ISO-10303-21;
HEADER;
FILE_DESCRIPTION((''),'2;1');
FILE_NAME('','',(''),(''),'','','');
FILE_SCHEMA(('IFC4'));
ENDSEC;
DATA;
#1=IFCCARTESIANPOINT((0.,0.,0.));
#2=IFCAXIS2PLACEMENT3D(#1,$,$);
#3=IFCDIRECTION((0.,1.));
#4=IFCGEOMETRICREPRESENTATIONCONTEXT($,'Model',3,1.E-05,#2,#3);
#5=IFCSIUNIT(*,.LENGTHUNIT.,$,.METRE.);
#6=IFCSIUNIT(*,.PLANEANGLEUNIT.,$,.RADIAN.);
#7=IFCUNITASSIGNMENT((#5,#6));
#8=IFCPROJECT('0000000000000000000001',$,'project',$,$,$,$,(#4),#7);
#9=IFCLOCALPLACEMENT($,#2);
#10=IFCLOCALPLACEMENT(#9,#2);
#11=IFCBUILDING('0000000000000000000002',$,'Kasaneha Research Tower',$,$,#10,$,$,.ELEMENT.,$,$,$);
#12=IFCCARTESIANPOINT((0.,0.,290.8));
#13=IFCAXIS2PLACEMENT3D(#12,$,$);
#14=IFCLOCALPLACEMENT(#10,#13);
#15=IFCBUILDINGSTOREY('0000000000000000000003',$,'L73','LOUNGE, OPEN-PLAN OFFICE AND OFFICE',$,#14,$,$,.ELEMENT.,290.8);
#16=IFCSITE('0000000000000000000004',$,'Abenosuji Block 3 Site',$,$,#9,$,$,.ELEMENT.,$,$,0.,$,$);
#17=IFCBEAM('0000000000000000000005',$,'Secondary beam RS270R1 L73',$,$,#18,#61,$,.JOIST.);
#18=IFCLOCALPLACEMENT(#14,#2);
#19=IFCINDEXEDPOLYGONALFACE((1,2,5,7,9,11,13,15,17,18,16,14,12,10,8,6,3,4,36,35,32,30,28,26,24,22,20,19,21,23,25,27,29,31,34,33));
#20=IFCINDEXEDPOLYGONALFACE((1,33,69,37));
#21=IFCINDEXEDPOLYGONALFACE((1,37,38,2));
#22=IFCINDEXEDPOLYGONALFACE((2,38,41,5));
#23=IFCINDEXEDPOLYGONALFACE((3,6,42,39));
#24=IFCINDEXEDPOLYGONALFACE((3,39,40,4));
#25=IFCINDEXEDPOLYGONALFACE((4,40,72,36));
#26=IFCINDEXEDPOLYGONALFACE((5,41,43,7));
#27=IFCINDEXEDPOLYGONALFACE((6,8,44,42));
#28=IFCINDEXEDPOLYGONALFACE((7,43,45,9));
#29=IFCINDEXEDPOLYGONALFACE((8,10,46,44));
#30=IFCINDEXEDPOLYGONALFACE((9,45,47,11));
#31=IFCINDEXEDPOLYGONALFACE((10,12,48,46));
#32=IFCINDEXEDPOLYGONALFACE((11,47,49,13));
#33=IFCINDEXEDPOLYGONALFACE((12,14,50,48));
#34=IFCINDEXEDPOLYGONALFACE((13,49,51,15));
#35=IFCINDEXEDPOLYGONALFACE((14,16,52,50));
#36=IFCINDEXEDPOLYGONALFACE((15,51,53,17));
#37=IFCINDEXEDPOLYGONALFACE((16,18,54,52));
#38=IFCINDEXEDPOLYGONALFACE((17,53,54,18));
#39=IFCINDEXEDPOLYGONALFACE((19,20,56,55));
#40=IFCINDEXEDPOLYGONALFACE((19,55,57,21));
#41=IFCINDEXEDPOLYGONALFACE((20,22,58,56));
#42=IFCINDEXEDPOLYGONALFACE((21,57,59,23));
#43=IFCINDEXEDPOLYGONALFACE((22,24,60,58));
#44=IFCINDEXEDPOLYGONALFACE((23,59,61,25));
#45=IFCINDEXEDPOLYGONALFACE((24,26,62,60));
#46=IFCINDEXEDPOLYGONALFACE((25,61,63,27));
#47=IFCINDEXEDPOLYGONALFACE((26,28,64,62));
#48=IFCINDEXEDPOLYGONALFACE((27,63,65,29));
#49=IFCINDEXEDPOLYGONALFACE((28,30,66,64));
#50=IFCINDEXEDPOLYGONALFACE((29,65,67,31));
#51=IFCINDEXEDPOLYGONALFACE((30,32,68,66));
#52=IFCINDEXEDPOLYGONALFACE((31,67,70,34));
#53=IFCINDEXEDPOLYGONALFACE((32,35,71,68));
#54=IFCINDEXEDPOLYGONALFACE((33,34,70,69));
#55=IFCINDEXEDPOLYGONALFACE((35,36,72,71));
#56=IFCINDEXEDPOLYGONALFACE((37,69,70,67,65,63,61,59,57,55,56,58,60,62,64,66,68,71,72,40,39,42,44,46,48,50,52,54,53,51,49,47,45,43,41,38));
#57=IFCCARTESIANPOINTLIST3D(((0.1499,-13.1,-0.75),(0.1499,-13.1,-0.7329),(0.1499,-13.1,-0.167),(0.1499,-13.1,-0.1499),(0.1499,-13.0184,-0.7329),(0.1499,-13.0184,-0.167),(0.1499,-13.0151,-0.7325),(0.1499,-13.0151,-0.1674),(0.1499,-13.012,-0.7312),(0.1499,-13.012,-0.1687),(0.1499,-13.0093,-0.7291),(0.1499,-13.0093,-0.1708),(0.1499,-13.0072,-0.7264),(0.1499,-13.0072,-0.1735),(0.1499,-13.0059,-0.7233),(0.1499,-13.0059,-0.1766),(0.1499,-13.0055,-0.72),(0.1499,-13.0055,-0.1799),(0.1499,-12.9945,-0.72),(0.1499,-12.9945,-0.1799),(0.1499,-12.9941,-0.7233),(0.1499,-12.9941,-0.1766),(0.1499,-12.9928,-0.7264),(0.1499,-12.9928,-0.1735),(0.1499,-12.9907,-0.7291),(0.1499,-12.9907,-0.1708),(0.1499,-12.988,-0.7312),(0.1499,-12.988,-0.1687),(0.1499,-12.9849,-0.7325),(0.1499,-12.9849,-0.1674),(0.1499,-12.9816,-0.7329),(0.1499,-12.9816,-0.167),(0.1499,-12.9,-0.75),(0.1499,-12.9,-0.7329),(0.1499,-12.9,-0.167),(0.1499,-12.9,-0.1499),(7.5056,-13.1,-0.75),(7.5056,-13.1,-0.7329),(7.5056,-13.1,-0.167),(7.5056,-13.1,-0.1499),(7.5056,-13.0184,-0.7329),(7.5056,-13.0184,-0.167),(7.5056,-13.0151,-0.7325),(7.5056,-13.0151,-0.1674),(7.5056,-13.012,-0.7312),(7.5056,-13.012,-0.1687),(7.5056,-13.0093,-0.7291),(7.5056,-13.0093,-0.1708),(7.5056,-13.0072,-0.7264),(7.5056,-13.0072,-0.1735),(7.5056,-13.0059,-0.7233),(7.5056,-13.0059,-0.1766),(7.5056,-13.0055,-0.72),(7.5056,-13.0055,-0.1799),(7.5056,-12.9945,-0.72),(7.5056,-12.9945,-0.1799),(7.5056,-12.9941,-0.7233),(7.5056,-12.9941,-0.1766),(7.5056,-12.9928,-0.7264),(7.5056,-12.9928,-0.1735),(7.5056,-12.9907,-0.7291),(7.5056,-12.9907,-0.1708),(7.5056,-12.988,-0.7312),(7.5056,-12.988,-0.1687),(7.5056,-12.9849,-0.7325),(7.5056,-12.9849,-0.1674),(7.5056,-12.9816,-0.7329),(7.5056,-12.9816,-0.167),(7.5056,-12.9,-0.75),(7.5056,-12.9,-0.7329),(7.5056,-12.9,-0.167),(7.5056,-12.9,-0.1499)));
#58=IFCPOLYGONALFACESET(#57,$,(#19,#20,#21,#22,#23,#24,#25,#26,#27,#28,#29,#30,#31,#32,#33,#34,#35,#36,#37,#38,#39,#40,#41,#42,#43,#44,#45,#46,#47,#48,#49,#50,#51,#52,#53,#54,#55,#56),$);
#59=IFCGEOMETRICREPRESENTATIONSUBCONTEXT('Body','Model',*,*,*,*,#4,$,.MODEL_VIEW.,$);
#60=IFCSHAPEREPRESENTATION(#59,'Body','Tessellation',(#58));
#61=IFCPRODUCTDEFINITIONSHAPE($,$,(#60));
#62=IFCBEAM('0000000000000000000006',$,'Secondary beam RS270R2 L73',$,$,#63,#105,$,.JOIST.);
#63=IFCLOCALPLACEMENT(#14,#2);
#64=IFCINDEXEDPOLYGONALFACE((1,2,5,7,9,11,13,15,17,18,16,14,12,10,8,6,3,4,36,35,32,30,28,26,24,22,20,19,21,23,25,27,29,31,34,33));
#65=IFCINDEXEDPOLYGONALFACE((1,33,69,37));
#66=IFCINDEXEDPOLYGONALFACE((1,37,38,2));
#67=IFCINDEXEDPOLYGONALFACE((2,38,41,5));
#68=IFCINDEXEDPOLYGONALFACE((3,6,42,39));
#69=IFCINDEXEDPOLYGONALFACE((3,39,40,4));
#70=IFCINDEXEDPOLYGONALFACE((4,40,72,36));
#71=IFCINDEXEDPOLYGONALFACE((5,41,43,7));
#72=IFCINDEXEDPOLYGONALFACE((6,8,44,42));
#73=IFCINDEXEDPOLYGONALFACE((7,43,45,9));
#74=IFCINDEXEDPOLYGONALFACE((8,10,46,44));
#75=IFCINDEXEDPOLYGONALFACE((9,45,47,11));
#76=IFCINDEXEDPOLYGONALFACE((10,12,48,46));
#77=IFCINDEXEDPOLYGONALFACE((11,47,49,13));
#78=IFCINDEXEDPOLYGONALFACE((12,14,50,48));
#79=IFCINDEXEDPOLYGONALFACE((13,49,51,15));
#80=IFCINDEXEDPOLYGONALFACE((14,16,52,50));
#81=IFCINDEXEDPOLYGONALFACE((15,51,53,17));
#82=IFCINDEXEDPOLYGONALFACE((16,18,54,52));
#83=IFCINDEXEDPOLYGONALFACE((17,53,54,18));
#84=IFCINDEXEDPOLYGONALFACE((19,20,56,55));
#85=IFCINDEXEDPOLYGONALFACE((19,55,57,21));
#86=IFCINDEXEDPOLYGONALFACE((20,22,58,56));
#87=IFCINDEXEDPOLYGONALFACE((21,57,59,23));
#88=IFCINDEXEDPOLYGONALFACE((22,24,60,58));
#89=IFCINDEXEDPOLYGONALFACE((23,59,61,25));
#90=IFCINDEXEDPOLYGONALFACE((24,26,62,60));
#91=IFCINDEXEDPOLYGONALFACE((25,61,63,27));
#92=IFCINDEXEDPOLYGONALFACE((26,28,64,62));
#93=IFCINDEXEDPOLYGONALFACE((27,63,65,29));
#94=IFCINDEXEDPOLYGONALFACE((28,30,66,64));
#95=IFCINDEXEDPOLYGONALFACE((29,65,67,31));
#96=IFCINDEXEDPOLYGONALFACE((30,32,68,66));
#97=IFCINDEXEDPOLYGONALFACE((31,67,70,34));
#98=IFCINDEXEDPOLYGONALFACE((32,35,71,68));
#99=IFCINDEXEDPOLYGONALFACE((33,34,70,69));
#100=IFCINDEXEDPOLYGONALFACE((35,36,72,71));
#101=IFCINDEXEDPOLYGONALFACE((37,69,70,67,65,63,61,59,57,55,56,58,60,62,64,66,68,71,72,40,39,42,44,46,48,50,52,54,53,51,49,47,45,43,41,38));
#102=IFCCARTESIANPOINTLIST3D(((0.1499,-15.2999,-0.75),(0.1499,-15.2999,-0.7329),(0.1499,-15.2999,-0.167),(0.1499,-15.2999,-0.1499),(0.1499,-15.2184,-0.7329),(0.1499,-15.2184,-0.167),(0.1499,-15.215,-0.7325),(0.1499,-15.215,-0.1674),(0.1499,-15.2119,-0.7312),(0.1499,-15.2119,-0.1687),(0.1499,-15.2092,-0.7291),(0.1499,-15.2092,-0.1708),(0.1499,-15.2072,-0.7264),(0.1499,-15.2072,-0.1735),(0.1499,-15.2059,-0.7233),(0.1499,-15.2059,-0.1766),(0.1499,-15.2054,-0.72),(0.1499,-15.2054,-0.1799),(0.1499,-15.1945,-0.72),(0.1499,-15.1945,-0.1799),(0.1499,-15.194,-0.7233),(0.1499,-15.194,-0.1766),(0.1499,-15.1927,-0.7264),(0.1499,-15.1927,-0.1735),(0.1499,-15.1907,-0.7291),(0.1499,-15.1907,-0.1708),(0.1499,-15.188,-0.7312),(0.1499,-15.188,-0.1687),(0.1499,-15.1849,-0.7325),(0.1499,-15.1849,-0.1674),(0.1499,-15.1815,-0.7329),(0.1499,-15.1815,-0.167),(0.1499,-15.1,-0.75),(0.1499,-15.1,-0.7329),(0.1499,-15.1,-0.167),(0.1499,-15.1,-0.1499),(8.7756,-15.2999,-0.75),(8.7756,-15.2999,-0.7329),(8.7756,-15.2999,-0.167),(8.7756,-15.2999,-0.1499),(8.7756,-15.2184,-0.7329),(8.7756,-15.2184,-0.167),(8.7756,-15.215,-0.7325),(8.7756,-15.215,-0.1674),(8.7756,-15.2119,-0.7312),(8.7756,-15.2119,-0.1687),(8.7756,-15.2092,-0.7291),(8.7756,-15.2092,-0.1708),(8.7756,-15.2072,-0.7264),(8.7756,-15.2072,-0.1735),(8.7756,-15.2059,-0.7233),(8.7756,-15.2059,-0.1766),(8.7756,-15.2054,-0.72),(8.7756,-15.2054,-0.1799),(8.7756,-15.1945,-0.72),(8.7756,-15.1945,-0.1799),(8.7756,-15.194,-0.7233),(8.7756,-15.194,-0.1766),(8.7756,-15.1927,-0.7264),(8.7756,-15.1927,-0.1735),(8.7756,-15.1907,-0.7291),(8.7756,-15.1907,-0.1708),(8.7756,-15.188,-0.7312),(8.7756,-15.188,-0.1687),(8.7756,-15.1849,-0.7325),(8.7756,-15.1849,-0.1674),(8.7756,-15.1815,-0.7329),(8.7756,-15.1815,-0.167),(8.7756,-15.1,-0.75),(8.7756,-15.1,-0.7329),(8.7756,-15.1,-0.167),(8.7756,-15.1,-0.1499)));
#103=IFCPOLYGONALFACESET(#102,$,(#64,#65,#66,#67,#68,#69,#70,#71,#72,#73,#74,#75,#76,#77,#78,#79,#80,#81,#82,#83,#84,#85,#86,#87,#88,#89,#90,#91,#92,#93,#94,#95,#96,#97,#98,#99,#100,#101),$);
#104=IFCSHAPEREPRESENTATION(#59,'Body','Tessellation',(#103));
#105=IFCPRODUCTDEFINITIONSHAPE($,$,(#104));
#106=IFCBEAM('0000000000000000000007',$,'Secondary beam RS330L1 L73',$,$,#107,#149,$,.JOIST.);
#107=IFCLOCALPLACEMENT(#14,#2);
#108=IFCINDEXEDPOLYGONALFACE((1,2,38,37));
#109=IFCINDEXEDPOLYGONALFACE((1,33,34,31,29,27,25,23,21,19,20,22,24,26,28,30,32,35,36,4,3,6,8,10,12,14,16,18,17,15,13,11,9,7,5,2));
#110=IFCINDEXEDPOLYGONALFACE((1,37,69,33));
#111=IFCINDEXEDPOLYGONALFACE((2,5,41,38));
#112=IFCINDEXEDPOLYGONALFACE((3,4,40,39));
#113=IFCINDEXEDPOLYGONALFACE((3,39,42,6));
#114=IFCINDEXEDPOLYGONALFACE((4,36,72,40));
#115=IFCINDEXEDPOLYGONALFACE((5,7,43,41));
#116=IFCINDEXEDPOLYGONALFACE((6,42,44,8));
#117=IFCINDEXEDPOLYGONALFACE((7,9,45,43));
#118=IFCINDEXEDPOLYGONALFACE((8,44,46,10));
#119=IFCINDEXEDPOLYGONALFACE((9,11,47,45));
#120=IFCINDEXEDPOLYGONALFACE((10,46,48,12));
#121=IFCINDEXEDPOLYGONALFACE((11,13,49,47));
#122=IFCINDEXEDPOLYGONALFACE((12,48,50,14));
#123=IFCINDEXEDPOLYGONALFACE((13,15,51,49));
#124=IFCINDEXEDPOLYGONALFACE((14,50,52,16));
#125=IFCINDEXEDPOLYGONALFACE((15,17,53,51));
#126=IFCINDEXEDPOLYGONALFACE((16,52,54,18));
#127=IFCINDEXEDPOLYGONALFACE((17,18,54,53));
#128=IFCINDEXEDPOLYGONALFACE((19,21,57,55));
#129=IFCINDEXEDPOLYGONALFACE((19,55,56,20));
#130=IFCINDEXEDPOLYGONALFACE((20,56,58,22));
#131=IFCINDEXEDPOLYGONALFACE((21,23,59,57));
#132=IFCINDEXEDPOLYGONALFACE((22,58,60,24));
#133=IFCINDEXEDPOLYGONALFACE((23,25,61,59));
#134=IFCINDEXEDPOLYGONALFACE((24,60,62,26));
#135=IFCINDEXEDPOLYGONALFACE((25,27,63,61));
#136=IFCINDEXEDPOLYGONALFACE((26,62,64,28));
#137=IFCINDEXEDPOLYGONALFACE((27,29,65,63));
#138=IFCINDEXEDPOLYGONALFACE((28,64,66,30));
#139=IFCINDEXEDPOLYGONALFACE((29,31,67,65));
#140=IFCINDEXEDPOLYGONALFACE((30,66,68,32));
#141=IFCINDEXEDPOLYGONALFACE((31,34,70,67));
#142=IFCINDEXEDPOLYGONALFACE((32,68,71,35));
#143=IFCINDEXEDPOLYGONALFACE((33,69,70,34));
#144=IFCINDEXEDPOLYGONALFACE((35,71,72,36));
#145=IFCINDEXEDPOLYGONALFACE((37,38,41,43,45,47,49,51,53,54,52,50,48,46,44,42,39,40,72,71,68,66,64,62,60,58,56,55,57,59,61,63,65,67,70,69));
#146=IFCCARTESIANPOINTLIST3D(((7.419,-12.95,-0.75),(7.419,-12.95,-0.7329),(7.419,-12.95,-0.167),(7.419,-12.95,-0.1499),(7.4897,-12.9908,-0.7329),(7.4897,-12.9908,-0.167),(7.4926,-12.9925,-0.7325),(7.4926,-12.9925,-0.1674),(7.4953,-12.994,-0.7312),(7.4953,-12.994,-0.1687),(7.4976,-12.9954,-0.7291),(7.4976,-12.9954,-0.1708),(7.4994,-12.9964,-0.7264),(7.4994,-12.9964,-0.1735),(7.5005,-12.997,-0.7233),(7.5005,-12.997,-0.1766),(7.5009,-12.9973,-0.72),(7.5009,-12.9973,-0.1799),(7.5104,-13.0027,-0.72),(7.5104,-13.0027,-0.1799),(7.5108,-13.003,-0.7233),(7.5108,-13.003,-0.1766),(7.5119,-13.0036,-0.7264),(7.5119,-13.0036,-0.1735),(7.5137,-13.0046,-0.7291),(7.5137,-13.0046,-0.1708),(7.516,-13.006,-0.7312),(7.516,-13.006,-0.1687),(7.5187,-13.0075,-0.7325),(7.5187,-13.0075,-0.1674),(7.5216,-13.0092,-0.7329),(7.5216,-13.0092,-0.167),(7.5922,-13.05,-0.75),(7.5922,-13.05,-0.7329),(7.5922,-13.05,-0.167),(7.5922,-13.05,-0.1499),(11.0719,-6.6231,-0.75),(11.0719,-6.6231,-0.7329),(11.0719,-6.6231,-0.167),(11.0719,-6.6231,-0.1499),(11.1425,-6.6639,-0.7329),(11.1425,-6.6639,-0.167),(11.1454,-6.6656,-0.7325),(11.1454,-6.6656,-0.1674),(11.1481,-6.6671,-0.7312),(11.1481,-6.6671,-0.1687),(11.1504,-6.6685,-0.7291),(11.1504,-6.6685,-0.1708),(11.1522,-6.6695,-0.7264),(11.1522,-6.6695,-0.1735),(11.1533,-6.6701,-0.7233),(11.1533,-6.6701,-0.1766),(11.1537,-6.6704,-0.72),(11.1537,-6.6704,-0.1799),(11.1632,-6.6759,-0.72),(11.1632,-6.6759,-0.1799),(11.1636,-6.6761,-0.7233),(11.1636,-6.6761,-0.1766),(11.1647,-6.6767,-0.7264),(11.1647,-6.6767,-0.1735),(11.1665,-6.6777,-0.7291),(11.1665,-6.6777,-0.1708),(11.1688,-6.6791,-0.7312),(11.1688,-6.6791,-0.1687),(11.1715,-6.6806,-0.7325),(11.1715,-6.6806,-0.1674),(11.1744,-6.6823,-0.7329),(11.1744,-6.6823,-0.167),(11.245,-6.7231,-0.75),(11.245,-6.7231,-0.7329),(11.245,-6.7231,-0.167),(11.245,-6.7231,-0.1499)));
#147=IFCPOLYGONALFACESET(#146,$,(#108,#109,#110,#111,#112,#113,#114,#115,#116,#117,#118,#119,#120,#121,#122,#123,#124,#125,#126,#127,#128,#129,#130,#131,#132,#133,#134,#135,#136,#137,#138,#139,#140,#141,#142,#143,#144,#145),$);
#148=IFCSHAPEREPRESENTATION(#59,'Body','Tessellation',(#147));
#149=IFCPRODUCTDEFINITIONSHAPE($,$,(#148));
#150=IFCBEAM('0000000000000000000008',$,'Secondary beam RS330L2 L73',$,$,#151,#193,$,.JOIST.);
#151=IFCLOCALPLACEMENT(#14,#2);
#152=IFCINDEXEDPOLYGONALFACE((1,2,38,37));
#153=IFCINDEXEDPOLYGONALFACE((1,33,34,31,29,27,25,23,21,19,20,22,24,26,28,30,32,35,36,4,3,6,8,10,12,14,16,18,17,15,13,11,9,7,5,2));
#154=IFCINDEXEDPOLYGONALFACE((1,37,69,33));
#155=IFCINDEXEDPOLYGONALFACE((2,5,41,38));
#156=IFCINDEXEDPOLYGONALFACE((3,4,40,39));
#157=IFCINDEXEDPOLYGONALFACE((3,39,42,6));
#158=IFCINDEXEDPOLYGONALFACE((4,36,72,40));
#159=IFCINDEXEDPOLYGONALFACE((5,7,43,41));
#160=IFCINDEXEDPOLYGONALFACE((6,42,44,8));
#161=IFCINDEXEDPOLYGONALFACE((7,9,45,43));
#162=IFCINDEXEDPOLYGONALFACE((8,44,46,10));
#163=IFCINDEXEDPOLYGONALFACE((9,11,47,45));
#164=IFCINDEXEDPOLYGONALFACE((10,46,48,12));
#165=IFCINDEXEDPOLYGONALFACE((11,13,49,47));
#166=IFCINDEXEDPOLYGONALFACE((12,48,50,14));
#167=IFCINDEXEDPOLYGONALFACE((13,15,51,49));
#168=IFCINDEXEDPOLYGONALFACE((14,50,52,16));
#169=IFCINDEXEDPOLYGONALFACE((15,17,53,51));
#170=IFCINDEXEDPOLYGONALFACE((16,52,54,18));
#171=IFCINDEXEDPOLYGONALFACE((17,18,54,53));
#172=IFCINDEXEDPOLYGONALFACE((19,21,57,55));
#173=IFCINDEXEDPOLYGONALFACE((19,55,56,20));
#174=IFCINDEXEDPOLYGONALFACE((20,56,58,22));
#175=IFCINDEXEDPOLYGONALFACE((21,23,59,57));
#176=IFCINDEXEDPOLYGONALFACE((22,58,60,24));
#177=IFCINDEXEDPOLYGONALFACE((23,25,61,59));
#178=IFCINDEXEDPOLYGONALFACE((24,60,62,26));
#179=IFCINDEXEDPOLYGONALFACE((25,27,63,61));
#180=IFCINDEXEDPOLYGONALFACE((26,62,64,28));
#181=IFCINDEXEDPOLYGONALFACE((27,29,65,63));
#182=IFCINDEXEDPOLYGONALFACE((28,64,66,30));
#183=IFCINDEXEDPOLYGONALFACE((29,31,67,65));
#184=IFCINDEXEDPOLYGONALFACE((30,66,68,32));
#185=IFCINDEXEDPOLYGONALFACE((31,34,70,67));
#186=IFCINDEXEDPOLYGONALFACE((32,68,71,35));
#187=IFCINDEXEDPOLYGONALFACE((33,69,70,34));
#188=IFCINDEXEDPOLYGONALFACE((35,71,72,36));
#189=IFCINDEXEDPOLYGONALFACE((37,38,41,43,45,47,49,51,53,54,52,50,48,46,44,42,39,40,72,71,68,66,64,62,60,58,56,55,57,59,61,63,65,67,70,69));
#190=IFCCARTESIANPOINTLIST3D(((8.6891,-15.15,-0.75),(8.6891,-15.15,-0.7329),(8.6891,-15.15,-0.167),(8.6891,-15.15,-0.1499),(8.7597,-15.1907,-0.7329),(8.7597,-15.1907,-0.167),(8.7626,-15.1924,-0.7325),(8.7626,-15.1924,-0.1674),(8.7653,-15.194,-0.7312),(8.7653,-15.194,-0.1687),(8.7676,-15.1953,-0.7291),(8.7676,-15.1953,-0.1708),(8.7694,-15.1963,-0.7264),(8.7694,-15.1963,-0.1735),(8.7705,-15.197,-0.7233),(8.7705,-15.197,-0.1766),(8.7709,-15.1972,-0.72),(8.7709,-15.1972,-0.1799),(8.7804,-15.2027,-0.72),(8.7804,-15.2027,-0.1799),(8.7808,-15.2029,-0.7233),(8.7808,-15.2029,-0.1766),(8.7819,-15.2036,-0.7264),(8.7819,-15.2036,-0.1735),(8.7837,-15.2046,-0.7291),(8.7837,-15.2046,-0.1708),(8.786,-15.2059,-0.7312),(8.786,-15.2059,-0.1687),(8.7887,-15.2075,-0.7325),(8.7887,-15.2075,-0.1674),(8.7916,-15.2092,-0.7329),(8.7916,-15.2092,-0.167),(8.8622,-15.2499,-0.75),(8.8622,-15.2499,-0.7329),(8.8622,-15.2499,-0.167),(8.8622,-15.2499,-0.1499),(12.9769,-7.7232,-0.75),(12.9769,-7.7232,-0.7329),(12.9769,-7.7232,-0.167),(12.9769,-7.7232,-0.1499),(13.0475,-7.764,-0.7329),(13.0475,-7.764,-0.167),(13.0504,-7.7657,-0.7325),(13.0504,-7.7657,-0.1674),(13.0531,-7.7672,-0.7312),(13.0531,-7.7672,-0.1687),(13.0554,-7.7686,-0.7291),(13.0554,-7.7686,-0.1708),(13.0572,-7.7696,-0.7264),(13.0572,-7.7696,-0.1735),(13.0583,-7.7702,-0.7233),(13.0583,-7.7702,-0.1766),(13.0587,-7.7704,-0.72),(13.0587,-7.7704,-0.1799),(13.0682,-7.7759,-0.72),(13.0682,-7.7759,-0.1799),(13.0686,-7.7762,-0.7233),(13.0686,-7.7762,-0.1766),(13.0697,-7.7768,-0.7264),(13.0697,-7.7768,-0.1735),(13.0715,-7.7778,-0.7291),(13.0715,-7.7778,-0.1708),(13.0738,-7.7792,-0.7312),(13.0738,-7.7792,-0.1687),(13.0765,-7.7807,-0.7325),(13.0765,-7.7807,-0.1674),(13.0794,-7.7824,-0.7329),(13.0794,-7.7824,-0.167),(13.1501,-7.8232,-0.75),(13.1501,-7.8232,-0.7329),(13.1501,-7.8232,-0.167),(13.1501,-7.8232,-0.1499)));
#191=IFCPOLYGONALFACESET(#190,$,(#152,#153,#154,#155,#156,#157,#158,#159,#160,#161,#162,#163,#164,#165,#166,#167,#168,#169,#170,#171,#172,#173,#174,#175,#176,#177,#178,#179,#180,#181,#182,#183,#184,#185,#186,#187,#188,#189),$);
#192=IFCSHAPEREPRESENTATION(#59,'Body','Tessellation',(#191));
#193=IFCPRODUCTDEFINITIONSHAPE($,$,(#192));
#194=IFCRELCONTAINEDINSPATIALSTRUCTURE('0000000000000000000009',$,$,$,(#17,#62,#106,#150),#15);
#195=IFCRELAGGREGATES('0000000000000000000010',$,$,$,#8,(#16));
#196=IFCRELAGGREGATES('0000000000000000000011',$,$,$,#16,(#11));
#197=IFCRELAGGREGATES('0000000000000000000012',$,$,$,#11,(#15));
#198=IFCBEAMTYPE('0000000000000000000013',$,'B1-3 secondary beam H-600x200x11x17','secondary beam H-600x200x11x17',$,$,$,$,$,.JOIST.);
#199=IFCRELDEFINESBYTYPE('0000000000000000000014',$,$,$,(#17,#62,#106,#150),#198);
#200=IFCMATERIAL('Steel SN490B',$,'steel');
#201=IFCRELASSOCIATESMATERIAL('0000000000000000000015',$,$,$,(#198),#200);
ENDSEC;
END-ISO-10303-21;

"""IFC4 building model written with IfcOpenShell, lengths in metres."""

from ifc_helpers import new_model, si_unit, direction, frame, origin, origin_2d, place, context, subcontext, project, spatial, i_section, extrude, material, material_profile, profile_set, type_object, element, save


model = new_model("IFC4")

# Units and contexts
model_context = context("Model", 3, precision=1e-05, world=origin(), true_north=direction((0.0, 1.0)))
body_context = subcontext(model_context, "Body", "Model", "MODEL_VIEW")
ifc_project = project(units=[si_unit("LENGTHUNIT", "METRE"), si_unit("PLANEANGLEUNIT", "RADIAN")], contexts=[model_context])

# Site, building, storey
site_placement = place(None, origin())
site = spatial("IfcSite", under=ifc_project, at=site_placement, Name="Abenosuji Block 3 Site", CompositionType="ELEMENT", RefElevation=0.0)
building_placement = place(site_placement, origin())
building = spatial("IfcBuilding", under=site, at=building_placement, Name="Kasaneha Research Tower", CompositionType="ELEMENT")
storey_placement = place(building_placement, frame((0.0, 0.0, 290.8)))
storey = spatial("IfcBuildingStorey", under=building, at=storey_placement, Name="L73", Description="LOUNGE, OPEN-PLAN OFFICE AND OFFICE", CompositionType="ELEMENT", Elevation=290.8)

# Beams
ifc_material_1 = material(Name="Steel SN490B", Category="steel")
ifc_material_profile_1 = material_profile(ifc_material_1, i_section(OverallWidth=0.2, OverallDepth=0.6001, WebThickness=0.011, FlangeThickness=0.0171, FilletRadius=0.0129, at=origin_2d()), Name="H-600x200x11x17")
ifc_profile_set_1 = profile_set([ifc_material_profile_1], Name="Steel SN490B")
beam_type_1 = type_object("IfcBeamType", Name="B1-3 secondary beam H-600x200x11x17", Description="secondary beam H-600x200x11x17", PredefinedType="JOIST", material=ifc_profile_set_1)
beam_1_placement = place(storey_placement, frame((7.5056, -13.0, -0.45), z_axis=(-1.0, 0.0, 0.0), x_axis=(0.0, -1.0, 0.0)))
element("IfcBeam", 1, at=beam_1_placement, inside=storey, type_object=beam_type_1, Name="Secondary beam RS270R1 L73", PredefinedType="JOIST", context=body_context, shape_type="SweptSolid", body=[
    extrude(i_section(OverallWidth=0.2, OverallDepth=0.6001, WebThickness=0.011, FlangeThickness=0.0171, FilletRadius=0.0129, at=origin_2d()), origin(), (0.0, 0.0, 1.0), 7.3557),
])
beam_2_placement = place(storey_placement, frame((8.7756, -15.2, -0.45), z_axis=(-1.0, 0.0, 0.0), x_axis=(0.0, -1.0, 0.0)))
element("IfcBeam", 2, at=beam_2_placement, inside=storey, type_object=beam_type_1, Name="Secondary beam RS270R2 L73", PredefinedType="JOIST", context=body_context, shape_type="SweptSolid", body=[
    extrude(i_section(OverallWidth=0.2, OverallDepth=0.6001, WebThickness=0.011, FlangeThickness=0.0171, FilletRadius=0.0129, at=origin_2d()), origin(), (0.0, 0.0, 1.0), 8.6257),
])
beam_3_placement = place(storey_placement, frame((7.5056, -13.0, -0.45), z_axis=(0.499999, 0.866026, 0.0), x_axis=(-0.866026, 0.499999, 0.0)))
element("IfcBeam", 3, at=beam_3_placement, inside=storey, type_object=beam_type_1, Name="Secondary beam RS330L1 L73", PredefinedType="JOIST", context=body_context, shape_type="SweptSolid", body=[
    extrude(i_section(OverallWidth=0.2, OverallDepth=0.6001, WebThickness=0.011, FlangeThickness=0.0171, FilletRadius=0.0129, at=origin_2d()), origin(), (0.0, 0.0, 1.0), 7.3057),
])
beam_4_placement = place(storey_placement, frame((8.7756, -15.2, -0.45), z_axis=(0.5, 0.866025, 0.0), x_axis=(-0.866025, 0.5, 0.0)))
element("IfcBeam", 4, at=beam_4_placement, inside=storey, type_object=beam_type_1, Name="Secondary beam RS330L2 L73", PredefinedType="JOIST", context=body_context, shape_type="SweptSolid", body=[
    extrude(i_section(OverallWidth=0.2, OverallDepth=0.6001, WebThickness=0.011, FlangeThickness=0.0171, FilletRadius=0.0129, at=origin_2d()), origin(), (0.0, 0.0, 1.0), 8.5757),
])

save(model, "model.ifc")
